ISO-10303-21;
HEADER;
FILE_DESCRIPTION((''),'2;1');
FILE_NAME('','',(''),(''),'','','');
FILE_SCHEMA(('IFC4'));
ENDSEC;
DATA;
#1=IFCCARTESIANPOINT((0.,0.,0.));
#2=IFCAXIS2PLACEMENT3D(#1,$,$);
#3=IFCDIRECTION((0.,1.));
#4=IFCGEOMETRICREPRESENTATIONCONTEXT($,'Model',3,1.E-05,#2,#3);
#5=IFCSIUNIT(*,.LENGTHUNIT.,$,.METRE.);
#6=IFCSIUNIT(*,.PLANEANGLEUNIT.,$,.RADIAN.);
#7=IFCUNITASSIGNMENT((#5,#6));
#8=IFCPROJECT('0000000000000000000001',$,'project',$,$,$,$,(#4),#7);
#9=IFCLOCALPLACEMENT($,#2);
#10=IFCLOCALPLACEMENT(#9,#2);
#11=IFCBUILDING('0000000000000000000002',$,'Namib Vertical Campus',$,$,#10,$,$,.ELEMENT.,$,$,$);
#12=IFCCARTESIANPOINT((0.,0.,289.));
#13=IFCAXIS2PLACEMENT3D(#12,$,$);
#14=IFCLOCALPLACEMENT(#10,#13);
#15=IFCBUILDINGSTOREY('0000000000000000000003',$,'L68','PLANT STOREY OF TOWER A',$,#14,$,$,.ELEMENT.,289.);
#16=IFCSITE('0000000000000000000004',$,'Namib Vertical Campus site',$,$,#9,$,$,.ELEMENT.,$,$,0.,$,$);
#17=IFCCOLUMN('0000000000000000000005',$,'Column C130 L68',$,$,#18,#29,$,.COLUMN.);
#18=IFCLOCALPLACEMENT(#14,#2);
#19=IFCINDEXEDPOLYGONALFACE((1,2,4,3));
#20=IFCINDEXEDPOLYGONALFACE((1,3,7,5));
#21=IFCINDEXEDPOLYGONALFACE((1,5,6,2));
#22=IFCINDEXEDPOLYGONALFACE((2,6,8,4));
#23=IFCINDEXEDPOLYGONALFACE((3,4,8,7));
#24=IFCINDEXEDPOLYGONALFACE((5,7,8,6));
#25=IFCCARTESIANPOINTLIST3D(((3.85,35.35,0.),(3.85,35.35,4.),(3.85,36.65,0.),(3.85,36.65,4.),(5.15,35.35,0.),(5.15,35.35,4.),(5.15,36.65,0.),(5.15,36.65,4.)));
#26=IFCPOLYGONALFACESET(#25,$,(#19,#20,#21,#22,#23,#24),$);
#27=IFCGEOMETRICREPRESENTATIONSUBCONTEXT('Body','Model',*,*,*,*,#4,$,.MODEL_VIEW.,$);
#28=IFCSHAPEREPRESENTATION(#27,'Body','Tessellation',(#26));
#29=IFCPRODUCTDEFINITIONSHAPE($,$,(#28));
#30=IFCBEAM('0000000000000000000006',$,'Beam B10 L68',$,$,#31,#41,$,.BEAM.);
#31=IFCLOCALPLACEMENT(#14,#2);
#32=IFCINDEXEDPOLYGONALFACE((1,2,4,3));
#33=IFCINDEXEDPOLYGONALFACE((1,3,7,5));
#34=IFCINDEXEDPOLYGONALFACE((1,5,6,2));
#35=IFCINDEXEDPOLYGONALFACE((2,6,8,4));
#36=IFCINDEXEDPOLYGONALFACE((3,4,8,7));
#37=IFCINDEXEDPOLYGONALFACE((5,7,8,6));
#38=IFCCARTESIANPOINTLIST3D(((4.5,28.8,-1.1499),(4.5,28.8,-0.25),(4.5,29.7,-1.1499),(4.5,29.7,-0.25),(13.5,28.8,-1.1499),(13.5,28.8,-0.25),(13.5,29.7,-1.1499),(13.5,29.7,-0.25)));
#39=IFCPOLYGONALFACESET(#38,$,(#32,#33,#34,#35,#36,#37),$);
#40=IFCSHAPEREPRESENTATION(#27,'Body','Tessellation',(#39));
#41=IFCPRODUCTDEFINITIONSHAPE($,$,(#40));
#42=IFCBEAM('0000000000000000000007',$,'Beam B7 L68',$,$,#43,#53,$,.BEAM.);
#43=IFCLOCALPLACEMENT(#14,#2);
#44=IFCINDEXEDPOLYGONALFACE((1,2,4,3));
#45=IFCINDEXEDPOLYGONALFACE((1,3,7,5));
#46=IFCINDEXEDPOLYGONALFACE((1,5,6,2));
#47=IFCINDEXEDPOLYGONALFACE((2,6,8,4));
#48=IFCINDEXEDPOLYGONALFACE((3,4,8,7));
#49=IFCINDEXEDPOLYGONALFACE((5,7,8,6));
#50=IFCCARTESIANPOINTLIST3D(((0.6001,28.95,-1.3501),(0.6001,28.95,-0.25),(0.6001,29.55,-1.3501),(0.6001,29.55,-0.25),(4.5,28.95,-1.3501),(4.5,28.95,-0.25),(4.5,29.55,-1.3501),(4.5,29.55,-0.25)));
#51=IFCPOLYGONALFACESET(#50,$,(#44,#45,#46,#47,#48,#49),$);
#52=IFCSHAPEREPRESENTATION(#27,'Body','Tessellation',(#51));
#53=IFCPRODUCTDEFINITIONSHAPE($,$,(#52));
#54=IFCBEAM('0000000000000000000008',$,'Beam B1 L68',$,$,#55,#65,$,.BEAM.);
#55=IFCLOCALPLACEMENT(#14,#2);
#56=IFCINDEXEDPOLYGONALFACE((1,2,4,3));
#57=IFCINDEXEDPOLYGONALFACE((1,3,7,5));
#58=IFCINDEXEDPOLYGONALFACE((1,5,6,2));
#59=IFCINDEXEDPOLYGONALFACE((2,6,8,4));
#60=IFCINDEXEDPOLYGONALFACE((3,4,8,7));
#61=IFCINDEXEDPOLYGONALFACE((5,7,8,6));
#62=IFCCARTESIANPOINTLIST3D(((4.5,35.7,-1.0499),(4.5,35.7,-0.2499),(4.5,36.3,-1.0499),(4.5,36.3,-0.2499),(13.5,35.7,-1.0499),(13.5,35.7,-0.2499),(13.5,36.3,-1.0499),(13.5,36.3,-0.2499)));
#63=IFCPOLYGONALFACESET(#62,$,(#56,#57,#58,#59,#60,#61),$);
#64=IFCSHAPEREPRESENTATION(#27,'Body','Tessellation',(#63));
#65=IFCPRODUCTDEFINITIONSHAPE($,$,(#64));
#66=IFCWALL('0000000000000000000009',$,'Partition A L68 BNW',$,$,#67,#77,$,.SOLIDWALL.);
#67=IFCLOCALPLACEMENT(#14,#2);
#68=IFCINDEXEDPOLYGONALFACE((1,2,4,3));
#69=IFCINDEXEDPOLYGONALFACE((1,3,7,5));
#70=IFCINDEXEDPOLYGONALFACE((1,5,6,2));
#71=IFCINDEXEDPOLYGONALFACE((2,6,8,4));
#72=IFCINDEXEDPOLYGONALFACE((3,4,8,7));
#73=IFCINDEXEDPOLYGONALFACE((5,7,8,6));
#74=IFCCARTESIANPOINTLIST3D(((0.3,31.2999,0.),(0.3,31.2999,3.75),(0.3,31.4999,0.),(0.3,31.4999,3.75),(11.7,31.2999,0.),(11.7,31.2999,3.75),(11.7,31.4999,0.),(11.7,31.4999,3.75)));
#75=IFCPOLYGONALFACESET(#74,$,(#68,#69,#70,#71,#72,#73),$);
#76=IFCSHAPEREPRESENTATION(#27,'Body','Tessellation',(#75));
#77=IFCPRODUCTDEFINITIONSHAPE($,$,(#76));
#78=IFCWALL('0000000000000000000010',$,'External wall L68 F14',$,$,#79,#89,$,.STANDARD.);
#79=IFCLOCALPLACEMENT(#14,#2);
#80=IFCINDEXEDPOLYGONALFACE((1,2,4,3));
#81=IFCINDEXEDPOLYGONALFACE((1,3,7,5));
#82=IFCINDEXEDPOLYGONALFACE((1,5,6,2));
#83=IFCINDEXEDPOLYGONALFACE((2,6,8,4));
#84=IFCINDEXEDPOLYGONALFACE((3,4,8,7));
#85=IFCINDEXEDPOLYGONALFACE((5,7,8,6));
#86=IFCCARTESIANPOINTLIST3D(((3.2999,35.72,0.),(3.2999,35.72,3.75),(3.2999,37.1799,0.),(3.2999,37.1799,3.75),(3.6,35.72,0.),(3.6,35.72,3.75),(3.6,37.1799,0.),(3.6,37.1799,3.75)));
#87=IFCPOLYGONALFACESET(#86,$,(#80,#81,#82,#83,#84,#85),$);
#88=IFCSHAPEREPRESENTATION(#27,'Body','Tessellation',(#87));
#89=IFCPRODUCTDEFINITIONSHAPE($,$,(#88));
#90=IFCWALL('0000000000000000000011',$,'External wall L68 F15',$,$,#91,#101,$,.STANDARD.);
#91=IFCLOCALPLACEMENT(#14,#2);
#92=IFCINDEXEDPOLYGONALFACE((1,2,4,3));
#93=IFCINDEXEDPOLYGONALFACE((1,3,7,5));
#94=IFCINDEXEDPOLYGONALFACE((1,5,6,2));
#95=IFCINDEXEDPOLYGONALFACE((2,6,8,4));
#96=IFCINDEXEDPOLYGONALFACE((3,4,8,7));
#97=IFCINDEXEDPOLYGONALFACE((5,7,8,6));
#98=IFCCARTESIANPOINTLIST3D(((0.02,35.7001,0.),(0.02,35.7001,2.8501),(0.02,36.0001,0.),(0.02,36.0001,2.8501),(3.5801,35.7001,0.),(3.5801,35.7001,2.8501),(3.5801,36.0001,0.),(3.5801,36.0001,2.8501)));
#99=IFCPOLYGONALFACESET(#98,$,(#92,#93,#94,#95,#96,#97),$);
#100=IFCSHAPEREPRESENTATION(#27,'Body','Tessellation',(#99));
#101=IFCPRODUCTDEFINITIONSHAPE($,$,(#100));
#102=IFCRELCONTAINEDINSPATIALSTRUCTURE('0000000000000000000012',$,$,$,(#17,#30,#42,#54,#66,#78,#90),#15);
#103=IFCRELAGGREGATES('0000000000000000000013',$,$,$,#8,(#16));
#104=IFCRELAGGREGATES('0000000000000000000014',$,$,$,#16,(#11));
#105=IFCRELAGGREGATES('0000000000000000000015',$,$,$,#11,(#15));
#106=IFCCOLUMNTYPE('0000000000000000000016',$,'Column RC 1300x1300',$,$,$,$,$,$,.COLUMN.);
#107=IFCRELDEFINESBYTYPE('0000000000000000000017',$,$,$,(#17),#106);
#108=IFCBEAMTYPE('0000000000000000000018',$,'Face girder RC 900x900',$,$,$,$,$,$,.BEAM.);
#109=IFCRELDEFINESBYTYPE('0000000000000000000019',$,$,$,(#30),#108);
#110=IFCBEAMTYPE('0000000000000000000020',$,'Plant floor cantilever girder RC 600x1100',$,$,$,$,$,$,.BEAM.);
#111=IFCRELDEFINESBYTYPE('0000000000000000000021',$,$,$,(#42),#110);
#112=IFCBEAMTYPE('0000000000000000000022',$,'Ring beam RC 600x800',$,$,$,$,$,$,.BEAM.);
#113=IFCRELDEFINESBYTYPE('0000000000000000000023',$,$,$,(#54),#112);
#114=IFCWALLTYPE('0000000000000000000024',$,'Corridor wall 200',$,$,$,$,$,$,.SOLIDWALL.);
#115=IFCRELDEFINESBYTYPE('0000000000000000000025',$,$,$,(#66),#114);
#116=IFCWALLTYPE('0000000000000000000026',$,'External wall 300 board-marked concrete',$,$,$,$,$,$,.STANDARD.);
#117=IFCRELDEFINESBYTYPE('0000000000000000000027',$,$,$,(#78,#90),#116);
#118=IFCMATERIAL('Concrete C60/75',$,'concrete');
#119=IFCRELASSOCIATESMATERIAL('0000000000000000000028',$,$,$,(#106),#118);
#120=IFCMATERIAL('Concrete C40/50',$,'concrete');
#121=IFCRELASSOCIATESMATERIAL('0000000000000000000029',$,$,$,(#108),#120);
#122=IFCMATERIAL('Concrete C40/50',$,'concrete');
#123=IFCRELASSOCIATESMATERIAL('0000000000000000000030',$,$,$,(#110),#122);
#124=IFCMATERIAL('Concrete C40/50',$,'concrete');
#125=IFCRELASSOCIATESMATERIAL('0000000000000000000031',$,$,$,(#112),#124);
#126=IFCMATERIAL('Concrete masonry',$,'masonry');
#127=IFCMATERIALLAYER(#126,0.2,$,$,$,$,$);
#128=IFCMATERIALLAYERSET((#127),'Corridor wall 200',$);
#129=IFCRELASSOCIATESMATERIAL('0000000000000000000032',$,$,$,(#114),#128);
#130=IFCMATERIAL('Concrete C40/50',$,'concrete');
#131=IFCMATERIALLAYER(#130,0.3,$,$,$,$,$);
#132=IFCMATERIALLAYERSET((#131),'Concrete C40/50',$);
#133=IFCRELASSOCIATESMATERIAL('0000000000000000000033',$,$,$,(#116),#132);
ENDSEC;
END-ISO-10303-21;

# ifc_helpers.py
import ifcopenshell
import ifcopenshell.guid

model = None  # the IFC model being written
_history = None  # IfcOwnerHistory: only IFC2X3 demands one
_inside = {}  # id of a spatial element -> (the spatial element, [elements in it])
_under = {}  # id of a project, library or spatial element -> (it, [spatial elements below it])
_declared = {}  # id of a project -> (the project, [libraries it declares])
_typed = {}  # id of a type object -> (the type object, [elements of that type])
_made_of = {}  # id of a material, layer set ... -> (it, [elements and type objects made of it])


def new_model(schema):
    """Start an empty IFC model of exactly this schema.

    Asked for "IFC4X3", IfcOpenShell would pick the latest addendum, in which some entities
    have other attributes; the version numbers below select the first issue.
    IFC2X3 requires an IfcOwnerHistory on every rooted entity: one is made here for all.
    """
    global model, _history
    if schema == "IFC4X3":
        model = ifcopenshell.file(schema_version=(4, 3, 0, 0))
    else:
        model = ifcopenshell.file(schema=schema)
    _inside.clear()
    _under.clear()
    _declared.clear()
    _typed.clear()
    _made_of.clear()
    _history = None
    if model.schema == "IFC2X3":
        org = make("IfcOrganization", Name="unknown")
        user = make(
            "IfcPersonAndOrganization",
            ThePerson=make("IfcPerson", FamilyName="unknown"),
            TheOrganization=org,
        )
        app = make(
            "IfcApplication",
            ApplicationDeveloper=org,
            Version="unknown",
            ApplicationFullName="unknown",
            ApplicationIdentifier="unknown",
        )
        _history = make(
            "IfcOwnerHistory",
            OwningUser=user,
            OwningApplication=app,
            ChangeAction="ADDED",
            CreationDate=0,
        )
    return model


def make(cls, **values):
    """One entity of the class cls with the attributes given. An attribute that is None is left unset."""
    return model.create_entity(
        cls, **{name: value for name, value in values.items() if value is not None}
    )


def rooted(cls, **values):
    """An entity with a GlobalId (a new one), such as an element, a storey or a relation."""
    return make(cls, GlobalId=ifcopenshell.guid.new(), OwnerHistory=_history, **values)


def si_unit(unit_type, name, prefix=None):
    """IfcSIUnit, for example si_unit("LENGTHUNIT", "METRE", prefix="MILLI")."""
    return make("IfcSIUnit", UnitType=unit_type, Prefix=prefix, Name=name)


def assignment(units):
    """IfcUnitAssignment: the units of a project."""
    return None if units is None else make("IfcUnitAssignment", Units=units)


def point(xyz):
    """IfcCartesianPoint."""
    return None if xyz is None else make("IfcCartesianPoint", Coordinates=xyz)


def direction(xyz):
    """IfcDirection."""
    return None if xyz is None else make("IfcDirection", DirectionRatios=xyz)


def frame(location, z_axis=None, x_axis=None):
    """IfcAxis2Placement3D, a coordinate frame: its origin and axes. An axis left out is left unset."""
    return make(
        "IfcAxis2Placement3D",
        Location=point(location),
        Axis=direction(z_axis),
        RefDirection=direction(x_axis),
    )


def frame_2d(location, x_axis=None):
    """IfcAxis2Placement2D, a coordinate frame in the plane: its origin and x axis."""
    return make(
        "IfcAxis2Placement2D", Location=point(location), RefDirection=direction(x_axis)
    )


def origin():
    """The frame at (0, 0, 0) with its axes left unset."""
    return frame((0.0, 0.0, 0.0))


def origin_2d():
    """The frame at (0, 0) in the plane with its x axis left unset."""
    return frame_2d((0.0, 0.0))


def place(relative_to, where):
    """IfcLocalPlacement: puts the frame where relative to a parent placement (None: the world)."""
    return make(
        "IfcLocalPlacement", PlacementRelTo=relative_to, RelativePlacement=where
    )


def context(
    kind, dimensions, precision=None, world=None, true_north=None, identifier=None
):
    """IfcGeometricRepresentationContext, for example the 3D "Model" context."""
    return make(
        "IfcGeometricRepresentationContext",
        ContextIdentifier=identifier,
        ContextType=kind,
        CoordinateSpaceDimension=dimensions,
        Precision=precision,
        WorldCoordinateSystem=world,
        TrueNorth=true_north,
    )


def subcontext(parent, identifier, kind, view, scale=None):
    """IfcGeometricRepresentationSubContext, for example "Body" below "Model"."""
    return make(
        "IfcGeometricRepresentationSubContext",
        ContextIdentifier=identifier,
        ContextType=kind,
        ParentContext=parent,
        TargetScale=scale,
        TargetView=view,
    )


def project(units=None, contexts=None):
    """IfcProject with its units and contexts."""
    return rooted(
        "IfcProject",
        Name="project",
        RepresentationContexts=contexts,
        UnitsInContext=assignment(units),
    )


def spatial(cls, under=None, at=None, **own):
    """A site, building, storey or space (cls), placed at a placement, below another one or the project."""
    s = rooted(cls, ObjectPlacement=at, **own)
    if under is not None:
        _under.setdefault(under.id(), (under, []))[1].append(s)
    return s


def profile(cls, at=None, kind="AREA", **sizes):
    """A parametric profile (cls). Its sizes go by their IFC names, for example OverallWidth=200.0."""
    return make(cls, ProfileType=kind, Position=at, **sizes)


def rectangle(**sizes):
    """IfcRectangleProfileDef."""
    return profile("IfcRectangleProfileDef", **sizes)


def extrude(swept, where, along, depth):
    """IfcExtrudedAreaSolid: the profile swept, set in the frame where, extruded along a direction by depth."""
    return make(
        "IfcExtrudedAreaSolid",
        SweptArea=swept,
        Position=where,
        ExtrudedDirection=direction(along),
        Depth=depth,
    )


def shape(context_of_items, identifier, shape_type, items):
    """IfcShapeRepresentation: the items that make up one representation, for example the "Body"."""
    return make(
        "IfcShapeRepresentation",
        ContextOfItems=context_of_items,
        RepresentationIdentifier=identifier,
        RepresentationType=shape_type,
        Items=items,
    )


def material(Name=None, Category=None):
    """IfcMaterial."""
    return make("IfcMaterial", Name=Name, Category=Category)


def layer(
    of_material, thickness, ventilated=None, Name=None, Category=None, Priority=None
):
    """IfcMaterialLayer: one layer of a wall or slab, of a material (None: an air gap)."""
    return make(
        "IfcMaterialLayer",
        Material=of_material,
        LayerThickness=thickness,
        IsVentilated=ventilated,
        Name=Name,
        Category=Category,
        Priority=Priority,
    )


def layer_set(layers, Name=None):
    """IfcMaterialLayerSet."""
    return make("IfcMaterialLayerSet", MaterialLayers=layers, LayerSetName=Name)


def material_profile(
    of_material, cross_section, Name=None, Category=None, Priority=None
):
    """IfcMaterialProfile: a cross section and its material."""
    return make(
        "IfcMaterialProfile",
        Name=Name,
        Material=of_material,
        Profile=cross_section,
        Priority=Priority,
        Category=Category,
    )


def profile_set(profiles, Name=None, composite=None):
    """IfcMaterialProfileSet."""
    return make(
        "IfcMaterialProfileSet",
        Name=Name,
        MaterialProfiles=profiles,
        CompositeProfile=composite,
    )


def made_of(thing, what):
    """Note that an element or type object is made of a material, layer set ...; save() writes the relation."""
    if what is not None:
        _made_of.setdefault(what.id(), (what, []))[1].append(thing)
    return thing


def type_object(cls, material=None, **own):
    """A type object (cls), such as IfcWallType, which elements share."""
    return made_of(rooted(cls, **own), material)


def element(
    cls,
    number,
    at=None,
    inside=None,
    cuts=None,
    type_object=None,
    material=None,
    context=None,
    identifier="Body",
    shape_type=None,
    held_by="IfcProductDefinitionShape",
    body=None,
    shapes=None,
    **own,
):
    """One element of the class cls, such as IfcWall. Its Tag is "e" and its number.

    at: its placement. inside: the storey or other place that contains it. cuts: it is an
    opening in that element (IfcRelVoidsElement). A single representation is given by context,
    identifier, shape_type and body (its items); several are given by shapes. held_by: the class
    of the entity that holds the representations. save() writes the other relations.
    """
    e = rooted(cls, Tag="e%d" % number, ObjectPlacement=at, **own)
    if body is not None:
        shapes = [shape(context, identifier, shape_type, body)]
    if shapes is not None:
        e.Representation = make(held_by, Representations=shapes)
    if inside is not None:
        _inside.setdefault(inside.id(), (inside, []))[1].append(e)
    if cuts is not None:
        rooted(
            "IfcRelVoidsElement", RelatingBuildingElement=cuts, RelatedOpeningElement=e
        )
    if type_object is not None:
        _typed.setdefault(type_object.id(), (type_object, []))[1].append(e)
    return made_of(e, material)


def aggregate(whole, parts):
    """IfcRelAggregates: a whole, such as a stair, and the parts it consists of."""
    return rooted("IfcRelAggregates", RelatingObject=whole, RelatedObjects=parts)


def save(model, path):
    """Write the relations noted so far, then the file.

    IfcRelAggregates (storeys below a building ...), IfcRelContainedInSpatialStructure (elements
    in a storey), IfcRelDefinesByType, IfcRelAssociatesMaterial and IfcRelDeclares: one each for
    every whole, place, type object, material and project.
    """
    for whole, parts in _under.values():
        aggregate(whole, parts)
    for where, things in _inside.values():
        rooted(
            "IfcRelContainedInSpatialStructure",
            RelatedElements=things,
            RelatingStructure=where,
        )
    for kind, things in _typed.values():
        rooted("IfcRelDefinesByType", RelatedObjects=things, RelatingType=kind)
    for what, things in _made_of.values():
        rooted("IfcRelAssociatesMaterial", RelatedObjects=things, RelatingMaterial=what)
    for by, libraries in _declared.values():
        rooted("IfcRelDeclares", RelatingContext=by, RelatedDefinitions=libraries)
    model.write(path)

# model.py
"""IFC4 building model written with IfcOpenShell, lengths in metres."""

from ifc_helpers import new_model, si_unit, direction, frame, frame_2d, origin, origin_2d, place, context, subcontext, project, spatial, rectangle, extrude, material, layer, layer_set, material_profile, profile_set, type_object, element, save


model = new_model("IFC4")

# Units and contexts
model_context = context("Model", 3, precision=1e-05, world=origin(), true_north=direction((0.0, 1.0)))
body_context = subcontext(model_context, "Body", "Model", "MODEL_VIEW")
ifc_project = project(units=[si_unit("LENGTHUNIT", "METRE"), si_unit("PLANEANGLEUNIT", "RADIAN")], contexts=[model_context])

# Site, building, storey
site_placement = place(None, origin())
site = spatial("IfcSite", under=ifc_project, at=site_placement, Name="Namib Vertical Campus site", CompositionType="ELEMENT", RefElevation=0.0)
building_placement = place(site_placement, origin())
building = spatial("IfcBuilding", under=site, at=building_placement, Name="Namib Vertical Campus", CompositionType="ELEMENT")
storey_placement = place(building_placement, frame((0.0, 0.0, 289.0)))
storey = spatial("IfcBuildingStorey", under=building, at=storey_placement, Name="L68", Description="PLANT STOREY OF TOWER A", CompositionType="ELEMENT", Elevation=289.0)

# Column
ifc_material_1 = material(Name="Concrete C60/75", Category="concrete")
ifc_material_profile_1 = material_profile(ifc_material_1, rectangle(XDim=1.3, YDim=1.3, at=origin_2d()))
ifc_profile_set_1 = profile_set([ifc_material_profile_1], Name="Concrete C60/75")
column_type = type_object("IfcColumnType", Name="Column RC 1300x1300", PredefinedType="COLUMN", material=ifc_profile_set_1)
column_placement = place(storey_placement, frame((4.5, 36.0, 0.0), z_axis=(0.0, 0.0, 1.0), x_axis=(1.0, 0.0, 0.0)))
element("IfcColumn", 1, at=column_placement, inside=storey, type_object=column_type, Name="Column C130 L68", PredefinedType="COLUMN", context=body_context, shape_type="SweptSolid", body=[
    extrude(rectangle(XDim=1.3, YDim=1.3, at=origin_2d()), origin(), (0.0, 0.0, 1.0), 4.0),
])

# Beams
ifc_material_2 = material(Name="Concrete C40/50", Category="concrete")
ifc_material_profile_2 = material_profile(ifc_material_2, rectangle(XDim=0.8999, YDim=0.8999, at=origin_2d()))
ifc_profile_set_2 = profile_set([ifc_material_profile_2], Name="Concrete C40/50")
beam_type_1 = type_object("IfcBeamType", Name="Face girder RC 900x900", PredefinedType="BEAM", material=ifc_profile_set_2)
beam_1_placement = place(storey_placement, frame((4.5, 29.25, -0.7), z_axis=(1.0, 0.0, 0.0), x_axis=(0.0, 1.0, 0.0)))
element("IfcBeam", 2, at=beam_1_placement, inside=storey, type_object=beam_type_1, Name="Beam B10 L68", PredefinedType="BEAM", context=body_context, shape_type="SweptSolid", body=[
    extrude(rectangle(XDim=0.8999, YDim=0.8999, at=origin_2d()), origin(), (0.0, 0.0, 1.0), 9.0),
])
ifc_material_3 = material(Name="Concrete C40/50", Category="concrete")
ifc_material_profile_3 = material_profile(ifc_material_3, rectangle(XDim=0.6001, YDim=1.1001, at=origin_2d()))
ifc_profile_set_3 = profile_set([ifc_material_profile_3], Name="Concrete C40/50")
beam_type_2 = type_object("IfcBeamType", Name="Plant floor cantilever girder RC 600x1100", PredefinedType="BEAM", material=ifc_profile_set_3)
beam_2_placement = place(storey_placement, frame((4.5, 29.25, -0.8), z_axis=(-1.0, 0.0, 0.0), x_axis=(0.0, -1.0, 0.0)))
element("IfcBeam", 3, at=beam_2_placement, inside=storey, type_object=beam_type_2, Name="Beam B7 L68", PredefinedType="BEAM", context=body_context, shape_type="SweptSolid", body=[
    extrude(rectangle(XDim=0.6001, YDim=1.1001, at=origin_2d()), origin(), (0.0, 0.0, 1.0), 3.8999),
])
ifc_material_4 = material(Name="Concrete C40/50", Category="concrete")
ifc_material_profile_4 = material_profile(ifc_material_4, rectangle(XDim=0.6001, YDim=0.8, at=origin_2d()))
ifc_profile_set_4 = profile_set([ifc_material_profile_4], Name="Concrete C40/50")
beam_type_3 = type_object("IfcBeamType", Name="Ring beam RC 600x800", PredefinedType="BEAM", material=ifc_profile_set_4)
beam_3_placement = place(storey_placement, frame((4.5, 36.0, -0.6499), z_axis=(1.0, 0.0, 0.0), x_axis=(0.0, 1.0, 0.0)))
element("IfcBeam", 4, at=beam_3_placement, inside=storey, type_object=beam_type_3, Name="Beam B1 L68", PredefinedType="BEAM", context=body_context, shape_type="SweptSolid", body=[
    extrude(rectangle(XDim=0.6001, YDim=0.8, at=origin_2d()), origin(), (0.0, 0.0, 1.0), 9.0),
])

# Walls
ifc_material_5 = material(Name="Concrete masonry", Category="masonry")
ifc_layer_1 = layer(ifc_material_5, 0.2)
ifc_layer_set_1 = layer_set([ifc_layer_1], Name="Corridor wall 200")
wall_type_1 = type_object("IfcWallType", Name="Corridor wall 200", PredefinedType="SOLIDWALL", material=ifc_layer_set_1)
wall_1_placement = place(storey_placement, frame((0.3, 31.3999, 0.0), z_axis=(0.0, 0.0, 1.0), x_axis=(1.0, 0.0, 0.0)))
element("IfcWall", 5, at=wall_1_placement, inside=storey, type_object=wall_type_1, Name="Partition A L68 BNW", PredefinedType="SOLIDWALL", context=body_context, shape_type="SweptSolid", body=[
    extrude(rectangle(XDim=11.3999, YDim=0.2, at=frame_2d((5.7, 0.0))), origin(), (0.0, 0.0, 1.0), 3.75),
])
ifc_material_6 = material(Name="Concrete C40/50", Category="concrete")
ifc_layer_2 = layer(ifc_material_6, 0.3)
ifc_layer_set_2 = layer_set([ifc_layer_2], Name="Concrete C40/50")
wall_type_2 = type_object("IfcWallType", Name="External wall 300 board-marked concrete", PredefinedType="STANDARD", material=ifc_layer_set_2)
wall_2_placement = place(storey_placement, frame((3.45, 37.1799, 0.0), z_axis=(0.0, 0.0, 1.0), x_axis=(0.0, -1.0, 0.0)))
element("IfcWall", 6, at=wall_2_placement, inside=storey, type_object=wall_type_2, Name="External wall L68 F14", PredefinedType="STANDARD", context=body_context, shape_type="SweptSolid", body=[
    extrude(rectangle(XDim=1.46, YDim=0.3, at=frame_2d((0.73, 0.0))), origin(), (0.0, 0.0, 1.0), 3.75),
])
wall_3_placement = place(storey_placement, frame((3.5801, 35.8501, 0.0), z_axis=(0.0, 0.0, 1.0), x_axis=(-1.0, 0.0, 0.0)))
element("IfcWall", 7, at=wall_3_placement, inside=storey, type_object=wall_type_2, Name="External wall L68 F15", PredefinedType="STANDARD", context=body_context, shape_type="SweptSolid", body=[
    extrude(rectangle(XDim=3.5601, YDim=0.3, at=frame_2d((1.78, 0.0))), origin(), (0.0, 0.0, 1.0), 2.8501),
])

save(model, "model.ifc")
